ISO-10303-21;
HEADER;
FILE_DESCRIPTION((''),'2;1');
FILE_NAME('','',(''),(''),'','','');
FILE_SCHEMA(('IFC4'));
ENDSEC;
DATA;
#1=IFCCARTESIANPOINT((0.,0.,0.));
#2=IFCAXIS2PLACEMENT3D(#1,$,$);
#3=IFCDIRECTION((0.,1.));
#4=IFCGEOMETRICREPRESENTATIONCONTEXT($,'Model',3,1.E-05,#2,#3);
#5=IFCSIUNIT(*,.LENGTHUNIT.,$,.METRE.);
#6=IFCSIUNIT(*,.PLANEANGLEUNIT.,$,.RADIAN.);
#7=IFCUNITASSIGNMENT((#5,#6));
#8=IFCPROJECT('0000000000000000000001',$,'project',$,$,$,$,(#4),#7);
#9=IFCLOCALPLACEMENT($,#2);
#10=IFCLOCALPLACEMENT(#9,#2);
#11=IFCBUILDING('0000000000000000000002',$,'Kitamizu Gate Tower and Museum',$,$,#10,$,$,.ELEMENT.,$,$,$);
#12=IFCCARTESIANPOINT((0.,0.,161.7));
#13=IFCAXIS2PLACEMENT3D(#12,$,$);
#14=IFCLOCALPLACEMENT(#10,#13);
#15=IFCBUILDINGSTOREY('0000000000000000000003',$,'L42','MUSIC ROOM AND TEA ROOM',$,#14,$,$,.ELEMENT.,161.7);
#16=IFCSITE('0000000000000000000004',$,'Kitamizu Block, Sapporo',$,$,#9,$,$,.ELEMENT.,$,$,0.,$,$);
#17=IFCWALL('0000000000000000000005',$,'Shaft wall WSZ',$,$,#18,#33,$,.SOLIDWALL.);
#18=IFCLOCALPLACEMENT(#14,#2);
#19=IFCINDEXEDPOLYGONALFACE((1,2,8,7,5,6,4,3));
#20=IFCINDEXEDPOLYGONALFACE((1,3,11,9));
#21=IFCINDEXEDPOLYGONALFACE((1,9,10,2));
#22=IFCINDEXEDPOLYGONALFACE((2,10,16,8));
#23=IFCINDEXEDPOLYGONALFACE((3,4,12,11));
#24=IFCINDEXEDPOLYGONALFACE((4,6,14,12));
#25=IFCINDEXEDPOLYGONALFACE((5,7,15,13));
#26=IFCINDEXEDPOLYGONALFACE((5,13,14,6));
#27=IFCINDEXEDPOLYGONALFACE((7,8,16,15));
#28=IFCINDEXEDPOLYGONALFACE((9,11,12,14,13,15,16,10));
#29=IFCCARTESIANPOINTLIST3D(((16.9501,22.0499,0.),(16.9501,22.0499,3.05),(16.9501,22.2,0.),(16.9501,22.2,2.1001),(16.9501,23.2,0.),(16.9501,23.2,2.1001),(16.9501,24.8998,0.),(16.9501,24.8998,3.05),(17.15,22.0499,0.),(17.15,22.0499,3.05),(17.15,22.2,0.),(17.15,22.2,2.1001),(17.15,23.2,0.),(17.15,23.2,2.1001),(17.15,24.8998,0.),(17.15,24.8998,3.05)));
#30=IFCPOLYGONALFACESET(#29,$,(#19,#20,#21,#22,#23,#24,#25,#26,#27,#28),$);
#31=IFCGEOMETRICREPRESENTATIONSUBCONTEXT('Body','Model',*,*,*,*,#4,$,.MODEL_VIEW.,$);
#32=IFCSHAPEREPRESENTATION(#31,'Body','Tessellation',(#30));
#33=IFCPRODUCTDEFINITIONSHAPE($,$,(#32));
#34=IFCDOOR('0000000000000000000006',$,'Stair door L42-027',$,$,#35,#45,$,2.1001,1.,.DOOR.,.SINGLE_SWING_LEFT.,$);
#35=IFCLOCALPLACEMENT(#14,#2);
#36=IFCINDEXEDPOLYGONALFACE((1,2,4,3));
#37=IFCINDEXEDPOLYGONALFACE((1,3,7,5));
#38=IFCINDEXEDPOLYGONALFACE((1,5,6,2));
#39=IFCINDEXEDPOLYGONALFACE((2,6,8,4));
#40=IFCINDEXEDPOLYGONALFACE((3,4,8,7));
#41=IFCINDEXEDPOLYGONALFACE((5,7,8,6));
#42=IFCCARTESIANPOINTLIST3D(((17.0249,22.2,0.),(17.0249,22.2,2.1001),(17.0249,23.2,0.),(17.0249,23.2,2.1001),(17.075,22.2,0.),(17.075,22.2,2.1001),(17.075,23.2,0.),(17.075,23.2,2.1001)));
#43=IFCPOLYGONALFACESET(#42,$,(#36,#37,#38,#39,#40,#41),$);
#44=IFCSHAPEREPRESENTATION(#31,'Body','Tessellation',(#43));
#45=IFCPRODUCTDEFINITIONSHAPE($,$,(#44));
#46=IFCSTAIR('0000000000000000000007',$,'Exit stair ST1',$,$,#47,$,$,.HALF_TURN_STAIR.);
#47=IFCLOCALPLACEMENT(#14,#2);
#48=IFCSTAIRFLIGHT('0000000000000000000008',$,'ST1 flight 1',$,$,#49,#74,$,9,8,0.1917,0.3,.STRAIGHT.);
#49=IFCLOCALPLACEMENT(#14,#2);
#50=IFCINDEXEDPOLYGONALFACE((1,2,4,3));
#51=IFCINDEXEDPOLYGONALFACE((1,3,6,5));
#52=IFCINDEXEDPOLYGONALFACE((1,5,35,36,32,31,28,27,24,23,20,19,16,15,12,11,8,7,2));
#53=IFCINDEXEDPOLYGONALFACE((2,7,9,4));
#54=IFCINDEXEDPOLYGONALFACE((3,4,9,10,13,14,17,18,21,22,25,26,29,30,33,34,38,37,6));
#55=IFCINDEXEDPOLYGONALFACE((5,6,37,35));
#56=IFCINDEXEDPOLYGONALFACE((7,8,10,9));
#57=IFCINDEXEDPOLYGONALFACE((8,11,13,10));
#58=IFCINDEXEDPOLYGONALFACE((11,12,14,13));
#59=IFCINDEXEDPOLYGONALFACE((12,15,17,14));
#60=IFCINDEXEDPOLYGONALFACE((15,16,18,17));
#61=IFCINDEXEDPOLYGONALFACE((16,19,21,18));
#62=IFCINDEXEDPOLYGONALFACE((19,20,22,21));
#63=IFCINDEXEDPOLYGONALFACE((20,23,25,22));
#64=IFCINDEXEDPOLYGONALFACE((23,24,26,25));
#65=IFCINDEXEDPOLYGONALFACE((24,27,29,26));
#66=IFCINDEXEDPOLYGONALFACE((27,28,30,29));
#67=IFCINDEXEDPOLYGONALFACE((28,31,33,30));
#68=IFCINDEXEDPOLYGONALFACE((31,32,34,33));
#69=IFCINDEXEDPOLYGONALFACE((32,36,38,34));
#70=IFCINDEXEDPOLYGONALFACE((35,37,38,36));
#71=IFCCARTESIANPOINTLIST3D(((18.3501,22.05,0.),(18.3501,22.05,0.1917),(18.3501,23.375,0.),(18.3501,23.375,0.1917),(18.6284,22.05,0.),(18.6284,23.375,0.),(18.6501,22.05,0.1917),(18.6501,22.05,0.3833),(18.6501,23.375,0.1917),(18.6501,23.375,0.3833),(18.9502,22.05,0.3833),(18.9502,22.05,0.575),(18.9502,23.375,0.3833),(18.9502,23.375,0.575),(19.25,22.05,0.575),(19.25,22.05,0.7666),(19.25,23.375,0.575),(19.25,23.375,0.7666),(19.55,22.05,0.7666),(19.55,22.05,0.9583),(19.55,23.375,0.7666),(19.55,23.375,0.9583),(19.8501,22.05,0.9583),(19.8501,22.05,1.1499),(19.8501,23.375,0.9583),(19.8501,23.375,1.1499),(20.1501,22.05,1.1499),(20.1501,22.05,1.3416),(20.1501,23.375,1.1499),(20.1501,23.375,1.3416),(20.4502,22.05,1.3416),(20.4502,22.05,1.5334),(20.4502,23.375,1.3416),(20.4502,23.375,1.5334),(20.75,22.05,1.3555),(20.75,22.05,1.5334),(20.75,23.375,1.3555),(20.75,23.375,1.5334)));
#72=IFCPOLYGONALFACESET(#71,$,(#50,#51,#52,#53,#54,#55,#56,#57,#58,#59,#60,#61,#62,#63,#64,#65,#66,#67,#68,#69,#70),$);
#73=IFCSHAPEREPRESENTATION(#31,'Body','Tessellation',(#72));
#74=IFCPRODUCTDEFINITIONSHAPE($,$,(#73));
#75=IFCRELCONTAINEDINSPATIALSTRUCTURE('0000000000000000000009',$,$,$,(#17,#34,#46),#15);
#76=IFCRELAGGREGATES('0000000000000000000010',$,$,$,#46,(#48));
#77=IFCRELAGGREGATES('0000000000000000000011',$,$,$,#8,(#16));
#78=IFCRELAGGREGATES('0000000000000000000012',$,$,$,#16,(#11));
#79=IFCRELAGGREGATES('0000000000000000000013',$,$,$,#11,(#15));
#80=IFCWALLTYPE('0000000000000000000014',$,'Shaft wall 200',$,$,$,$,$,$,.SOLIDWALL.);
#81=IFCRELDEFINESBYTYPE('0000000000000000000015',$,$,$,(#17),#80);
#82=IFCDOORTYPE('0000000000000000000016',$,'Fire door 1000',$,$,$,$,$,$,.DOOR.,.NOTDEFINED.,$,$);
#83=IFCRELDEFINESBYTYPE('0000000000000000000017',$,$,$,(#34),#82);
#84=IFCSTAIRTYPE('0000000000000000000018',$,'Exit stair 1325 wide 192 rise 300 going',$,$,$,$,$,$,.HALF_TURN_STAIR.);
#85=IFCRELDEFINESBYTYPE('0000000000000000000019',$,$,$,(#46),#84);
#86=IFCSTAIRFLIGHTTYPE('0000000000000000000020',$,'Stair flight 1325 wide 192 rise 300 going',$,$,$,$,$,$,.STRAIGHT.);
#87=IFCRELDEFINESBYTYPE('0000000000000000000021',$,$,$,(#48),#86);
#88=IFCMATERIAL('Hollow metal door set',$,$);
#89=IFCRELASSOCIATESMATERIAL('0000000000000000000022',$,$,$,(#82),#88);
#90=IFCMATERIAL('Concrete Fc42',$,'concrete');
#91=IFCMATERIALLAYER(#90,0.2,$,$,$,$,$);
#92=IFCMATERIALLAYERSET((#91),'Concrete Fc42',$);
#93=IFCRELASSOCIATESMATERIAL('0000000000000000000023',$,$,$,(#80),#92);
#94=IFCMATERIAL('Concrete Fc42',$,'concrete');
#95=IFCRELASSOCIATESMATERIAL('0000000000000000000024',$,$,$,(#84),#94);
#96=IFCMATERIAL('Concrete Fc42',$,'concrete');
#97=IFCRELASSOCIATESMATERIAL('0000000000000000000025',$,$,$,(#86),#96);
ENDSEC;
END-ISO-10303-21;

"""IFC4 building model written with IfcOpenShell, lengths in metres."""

from ifc_helpers import new_model, si_unit, direction, frame, frame_2d, origin, place, context, subcontext, project, spatial, polyline, rectangle, outline, extrude, material, layer, layer_set, type_object, element, fill, aggregate, save


model = new_model("IFC4")

# Units and contexts
model_context = context("Model", 3, precision=1e-05, world=origin(), true_north=direction((0.0, 1.0)))
body_context = subcontext(model_context, "Body", "Model", "MODEL_VIEW")
ifc_project = project(units=[si_unit("LENGTHUNIT", "METRE"), si_unit("PLANEANGLEUNIT", "RADIAN")], contexts=[model_context])

# Site, building, storey
site_placement = place(None, origin())
site = spatial("IfcSite", under=ifc_project, at=site_placement, Name="Kitamizu Block, Sapporo", CompositionType="ELEMENT", RefElevation=0.0)
building_placement = place(site_placement, origin())
building = spatial("IfcBuilding", under=site, at=building_placement, Name="Kitamizu Gate Tower and Museum", CompositionType="ELEMENT")
storey_placement = place(building_placement, frame((0.0, 0.0, 161.7)))
storey = spatial("IfcBuildingStorey", under=building, at=storey_placement, Name="L42", Description="MUSIC ROOM AND TEA ROOM", CompositionType="ELEMENT", Elevation=161.7)

# Shared definitions
ifc_material_1 = material(Name="Hollow metal door set")
door_type_1 = type_object("IfcDoorType", Name="Fire door 1000", OperationType="NOTDEFINED", PredefinedType="DOOR", material=ifc_material_1)

# Shared definitions
ifc_material_2 = material(Name="Concrete Fc42", Category="concrete")
ifc_layer_1 = layer(ifc_material_2, 0.2)
ifc_layer_set_1 = layer_set([ifc_layer_1], Name="Concrete Fc42")
wall_type_1 = type_object("IfcWallType", Name="Shaft wall 200", PredefinedType="SOLIDWALL", material=ifc_layer_set_1)

# Wall, opening, door
wall_1_placement = place(storey_placement, frame((17.05, 22.05, 0.0), z_axis=(0.0, 0.0, 1.0), x_axis=(0.0, 1.0, 0.0)))
wall_1 = element("IfcWall", 1, at=wall_1_placement, inside=storey, type_object=wall_type_1, Name="Shaft wall WSZ", PredefinedType="SOLIDWALL", context=body_context, shape_type="SweptSolid", body=[
    extrude(rectangle(XDim=2.8499, YDim=0.2, at=frame_2d((1.4248, 0.0))), origin(), (0.0, 0.0, 1.0), 3.05),
])
opening_1_placement = place(wall_1_placement, frame((0.1499, 0.0, 0.0)))
opening_1 = element("IfcOpeningElement", 2, at=opening_1_placement, cuts=wall_1, PredefinedType="OPENING", context=body_context, shape_type="SweptSolid", body=[
    extrude(rectangle(XDim=1.0, YDim=2.1001, at=frame_2d((0.5, 1.05))), frame((0.0, 0.1099, 0.0), z_axis=(0.0, -1.0, 0.0), x_axis=(1.0, 0.0, 0.0)), (0.0, 0.0, 1.0), 0.22),
])
door_1_placement = place(opening_1_placement, frame((1.0, 0.0, 0.0), x_axis=(-1.0, 0.0, 0.0)))
door_1 = element("IfcDoor", 3, at=door_1_placement, inside=storey, type_object=door_type_1, Name="Stair door L42-027", OperationType="SINGLE_SWING_LEFT", OverallHeight=2.1001, OverallWidth=1.0, PredefinedType="DOOR", context=body_context, shape_type="SweptSolid", body=[
    extrude(rectangle(XDim=1.0, YDim=2.1001, at=frame_2d((0.5, 1.05))), frame((0.0, 0.0249, 0.0), z_axis=(0.0, -1.0, 0.0), x_axis=(1.0, 0.0, 0.0)), (0.0, 0.0, 1.0), 0.05),
])
fill(opening_1, door_1)

# Stair, stair flight
ifc_material_3 = material(Name="Concrete Fc42", Category="concrete")
stair_type = type_object("IfcStairType", Name="Exit stair 1325 wide 192 rise 300 going", PredefinedType="HALF_TURN_STAIR", material=ifc_material_3)
stair_placement = place(storey_placement, origin())
stair = element("IfcStair", 4, at=stair_placement, inside=storey, type_object=stair_type, Name="Exit stair ST1", PredefinedType="HALF_TURN_STAIR")
ifc_material_4 = material(Name="Concrete Fc42", Category="concrete")
stair_flight_type = type_object("IfcStairFlightType", Name="Stair flight 1325 wide 192 rise 300 going", PredefinedType="STRAIGHT", material=ifc_material_4)
stair_flight_placement = place(storey_placement, frame((18.3501, 22.7124, 0.0), z_axis=(0.0, 0.0, 1.0), x_axis=(1.0, 0.0, 0.0)))
stair_flight = element("IfcStairFlight", 5, at=stair_flight_placement, type_object=stair_flight_type, Name="ST1 flight 1", NumberOfRisers=9, NumberOfTreads=8, PredefinedType="STRAIGHT", RiserHeight=0.1917, TreadLength=0.3, context=body_context, shape_type="SweptSolid", body=[
    extrude(outline(polyline([(0.0, 0.0), (0.0, 0.1917), (0.3, 0.1917), (0.3, 0.3833), (0.6001, 0.3833), (0.6001, 0.575), (0.8999, 0.575), (0.8999, 0.7666), (1.2, 0.7666), (1.2, 0.9583), (1.5, 0.9583), (1.5, 1.1499), (1.8, 1.1499), (1.8, 1.3416), (2.1001, 1.3416), (2.1001, 1.5334), (2.3999, 1.5334), (2.3999, 1.7251), (2.3999, 1.3555), (0.2783, 0.0), (0.0, 0.0)])), frame((0.0, 0.6626, 0.0), z_axis=(0.0, -1.0, 0.0), x_axis=(1.0, 0.0, 0.0)), (0.0, 0.0, 1.0), 1.325),
])
aggregate(stair, [stair_flight])

save(model, "model.ifc")
